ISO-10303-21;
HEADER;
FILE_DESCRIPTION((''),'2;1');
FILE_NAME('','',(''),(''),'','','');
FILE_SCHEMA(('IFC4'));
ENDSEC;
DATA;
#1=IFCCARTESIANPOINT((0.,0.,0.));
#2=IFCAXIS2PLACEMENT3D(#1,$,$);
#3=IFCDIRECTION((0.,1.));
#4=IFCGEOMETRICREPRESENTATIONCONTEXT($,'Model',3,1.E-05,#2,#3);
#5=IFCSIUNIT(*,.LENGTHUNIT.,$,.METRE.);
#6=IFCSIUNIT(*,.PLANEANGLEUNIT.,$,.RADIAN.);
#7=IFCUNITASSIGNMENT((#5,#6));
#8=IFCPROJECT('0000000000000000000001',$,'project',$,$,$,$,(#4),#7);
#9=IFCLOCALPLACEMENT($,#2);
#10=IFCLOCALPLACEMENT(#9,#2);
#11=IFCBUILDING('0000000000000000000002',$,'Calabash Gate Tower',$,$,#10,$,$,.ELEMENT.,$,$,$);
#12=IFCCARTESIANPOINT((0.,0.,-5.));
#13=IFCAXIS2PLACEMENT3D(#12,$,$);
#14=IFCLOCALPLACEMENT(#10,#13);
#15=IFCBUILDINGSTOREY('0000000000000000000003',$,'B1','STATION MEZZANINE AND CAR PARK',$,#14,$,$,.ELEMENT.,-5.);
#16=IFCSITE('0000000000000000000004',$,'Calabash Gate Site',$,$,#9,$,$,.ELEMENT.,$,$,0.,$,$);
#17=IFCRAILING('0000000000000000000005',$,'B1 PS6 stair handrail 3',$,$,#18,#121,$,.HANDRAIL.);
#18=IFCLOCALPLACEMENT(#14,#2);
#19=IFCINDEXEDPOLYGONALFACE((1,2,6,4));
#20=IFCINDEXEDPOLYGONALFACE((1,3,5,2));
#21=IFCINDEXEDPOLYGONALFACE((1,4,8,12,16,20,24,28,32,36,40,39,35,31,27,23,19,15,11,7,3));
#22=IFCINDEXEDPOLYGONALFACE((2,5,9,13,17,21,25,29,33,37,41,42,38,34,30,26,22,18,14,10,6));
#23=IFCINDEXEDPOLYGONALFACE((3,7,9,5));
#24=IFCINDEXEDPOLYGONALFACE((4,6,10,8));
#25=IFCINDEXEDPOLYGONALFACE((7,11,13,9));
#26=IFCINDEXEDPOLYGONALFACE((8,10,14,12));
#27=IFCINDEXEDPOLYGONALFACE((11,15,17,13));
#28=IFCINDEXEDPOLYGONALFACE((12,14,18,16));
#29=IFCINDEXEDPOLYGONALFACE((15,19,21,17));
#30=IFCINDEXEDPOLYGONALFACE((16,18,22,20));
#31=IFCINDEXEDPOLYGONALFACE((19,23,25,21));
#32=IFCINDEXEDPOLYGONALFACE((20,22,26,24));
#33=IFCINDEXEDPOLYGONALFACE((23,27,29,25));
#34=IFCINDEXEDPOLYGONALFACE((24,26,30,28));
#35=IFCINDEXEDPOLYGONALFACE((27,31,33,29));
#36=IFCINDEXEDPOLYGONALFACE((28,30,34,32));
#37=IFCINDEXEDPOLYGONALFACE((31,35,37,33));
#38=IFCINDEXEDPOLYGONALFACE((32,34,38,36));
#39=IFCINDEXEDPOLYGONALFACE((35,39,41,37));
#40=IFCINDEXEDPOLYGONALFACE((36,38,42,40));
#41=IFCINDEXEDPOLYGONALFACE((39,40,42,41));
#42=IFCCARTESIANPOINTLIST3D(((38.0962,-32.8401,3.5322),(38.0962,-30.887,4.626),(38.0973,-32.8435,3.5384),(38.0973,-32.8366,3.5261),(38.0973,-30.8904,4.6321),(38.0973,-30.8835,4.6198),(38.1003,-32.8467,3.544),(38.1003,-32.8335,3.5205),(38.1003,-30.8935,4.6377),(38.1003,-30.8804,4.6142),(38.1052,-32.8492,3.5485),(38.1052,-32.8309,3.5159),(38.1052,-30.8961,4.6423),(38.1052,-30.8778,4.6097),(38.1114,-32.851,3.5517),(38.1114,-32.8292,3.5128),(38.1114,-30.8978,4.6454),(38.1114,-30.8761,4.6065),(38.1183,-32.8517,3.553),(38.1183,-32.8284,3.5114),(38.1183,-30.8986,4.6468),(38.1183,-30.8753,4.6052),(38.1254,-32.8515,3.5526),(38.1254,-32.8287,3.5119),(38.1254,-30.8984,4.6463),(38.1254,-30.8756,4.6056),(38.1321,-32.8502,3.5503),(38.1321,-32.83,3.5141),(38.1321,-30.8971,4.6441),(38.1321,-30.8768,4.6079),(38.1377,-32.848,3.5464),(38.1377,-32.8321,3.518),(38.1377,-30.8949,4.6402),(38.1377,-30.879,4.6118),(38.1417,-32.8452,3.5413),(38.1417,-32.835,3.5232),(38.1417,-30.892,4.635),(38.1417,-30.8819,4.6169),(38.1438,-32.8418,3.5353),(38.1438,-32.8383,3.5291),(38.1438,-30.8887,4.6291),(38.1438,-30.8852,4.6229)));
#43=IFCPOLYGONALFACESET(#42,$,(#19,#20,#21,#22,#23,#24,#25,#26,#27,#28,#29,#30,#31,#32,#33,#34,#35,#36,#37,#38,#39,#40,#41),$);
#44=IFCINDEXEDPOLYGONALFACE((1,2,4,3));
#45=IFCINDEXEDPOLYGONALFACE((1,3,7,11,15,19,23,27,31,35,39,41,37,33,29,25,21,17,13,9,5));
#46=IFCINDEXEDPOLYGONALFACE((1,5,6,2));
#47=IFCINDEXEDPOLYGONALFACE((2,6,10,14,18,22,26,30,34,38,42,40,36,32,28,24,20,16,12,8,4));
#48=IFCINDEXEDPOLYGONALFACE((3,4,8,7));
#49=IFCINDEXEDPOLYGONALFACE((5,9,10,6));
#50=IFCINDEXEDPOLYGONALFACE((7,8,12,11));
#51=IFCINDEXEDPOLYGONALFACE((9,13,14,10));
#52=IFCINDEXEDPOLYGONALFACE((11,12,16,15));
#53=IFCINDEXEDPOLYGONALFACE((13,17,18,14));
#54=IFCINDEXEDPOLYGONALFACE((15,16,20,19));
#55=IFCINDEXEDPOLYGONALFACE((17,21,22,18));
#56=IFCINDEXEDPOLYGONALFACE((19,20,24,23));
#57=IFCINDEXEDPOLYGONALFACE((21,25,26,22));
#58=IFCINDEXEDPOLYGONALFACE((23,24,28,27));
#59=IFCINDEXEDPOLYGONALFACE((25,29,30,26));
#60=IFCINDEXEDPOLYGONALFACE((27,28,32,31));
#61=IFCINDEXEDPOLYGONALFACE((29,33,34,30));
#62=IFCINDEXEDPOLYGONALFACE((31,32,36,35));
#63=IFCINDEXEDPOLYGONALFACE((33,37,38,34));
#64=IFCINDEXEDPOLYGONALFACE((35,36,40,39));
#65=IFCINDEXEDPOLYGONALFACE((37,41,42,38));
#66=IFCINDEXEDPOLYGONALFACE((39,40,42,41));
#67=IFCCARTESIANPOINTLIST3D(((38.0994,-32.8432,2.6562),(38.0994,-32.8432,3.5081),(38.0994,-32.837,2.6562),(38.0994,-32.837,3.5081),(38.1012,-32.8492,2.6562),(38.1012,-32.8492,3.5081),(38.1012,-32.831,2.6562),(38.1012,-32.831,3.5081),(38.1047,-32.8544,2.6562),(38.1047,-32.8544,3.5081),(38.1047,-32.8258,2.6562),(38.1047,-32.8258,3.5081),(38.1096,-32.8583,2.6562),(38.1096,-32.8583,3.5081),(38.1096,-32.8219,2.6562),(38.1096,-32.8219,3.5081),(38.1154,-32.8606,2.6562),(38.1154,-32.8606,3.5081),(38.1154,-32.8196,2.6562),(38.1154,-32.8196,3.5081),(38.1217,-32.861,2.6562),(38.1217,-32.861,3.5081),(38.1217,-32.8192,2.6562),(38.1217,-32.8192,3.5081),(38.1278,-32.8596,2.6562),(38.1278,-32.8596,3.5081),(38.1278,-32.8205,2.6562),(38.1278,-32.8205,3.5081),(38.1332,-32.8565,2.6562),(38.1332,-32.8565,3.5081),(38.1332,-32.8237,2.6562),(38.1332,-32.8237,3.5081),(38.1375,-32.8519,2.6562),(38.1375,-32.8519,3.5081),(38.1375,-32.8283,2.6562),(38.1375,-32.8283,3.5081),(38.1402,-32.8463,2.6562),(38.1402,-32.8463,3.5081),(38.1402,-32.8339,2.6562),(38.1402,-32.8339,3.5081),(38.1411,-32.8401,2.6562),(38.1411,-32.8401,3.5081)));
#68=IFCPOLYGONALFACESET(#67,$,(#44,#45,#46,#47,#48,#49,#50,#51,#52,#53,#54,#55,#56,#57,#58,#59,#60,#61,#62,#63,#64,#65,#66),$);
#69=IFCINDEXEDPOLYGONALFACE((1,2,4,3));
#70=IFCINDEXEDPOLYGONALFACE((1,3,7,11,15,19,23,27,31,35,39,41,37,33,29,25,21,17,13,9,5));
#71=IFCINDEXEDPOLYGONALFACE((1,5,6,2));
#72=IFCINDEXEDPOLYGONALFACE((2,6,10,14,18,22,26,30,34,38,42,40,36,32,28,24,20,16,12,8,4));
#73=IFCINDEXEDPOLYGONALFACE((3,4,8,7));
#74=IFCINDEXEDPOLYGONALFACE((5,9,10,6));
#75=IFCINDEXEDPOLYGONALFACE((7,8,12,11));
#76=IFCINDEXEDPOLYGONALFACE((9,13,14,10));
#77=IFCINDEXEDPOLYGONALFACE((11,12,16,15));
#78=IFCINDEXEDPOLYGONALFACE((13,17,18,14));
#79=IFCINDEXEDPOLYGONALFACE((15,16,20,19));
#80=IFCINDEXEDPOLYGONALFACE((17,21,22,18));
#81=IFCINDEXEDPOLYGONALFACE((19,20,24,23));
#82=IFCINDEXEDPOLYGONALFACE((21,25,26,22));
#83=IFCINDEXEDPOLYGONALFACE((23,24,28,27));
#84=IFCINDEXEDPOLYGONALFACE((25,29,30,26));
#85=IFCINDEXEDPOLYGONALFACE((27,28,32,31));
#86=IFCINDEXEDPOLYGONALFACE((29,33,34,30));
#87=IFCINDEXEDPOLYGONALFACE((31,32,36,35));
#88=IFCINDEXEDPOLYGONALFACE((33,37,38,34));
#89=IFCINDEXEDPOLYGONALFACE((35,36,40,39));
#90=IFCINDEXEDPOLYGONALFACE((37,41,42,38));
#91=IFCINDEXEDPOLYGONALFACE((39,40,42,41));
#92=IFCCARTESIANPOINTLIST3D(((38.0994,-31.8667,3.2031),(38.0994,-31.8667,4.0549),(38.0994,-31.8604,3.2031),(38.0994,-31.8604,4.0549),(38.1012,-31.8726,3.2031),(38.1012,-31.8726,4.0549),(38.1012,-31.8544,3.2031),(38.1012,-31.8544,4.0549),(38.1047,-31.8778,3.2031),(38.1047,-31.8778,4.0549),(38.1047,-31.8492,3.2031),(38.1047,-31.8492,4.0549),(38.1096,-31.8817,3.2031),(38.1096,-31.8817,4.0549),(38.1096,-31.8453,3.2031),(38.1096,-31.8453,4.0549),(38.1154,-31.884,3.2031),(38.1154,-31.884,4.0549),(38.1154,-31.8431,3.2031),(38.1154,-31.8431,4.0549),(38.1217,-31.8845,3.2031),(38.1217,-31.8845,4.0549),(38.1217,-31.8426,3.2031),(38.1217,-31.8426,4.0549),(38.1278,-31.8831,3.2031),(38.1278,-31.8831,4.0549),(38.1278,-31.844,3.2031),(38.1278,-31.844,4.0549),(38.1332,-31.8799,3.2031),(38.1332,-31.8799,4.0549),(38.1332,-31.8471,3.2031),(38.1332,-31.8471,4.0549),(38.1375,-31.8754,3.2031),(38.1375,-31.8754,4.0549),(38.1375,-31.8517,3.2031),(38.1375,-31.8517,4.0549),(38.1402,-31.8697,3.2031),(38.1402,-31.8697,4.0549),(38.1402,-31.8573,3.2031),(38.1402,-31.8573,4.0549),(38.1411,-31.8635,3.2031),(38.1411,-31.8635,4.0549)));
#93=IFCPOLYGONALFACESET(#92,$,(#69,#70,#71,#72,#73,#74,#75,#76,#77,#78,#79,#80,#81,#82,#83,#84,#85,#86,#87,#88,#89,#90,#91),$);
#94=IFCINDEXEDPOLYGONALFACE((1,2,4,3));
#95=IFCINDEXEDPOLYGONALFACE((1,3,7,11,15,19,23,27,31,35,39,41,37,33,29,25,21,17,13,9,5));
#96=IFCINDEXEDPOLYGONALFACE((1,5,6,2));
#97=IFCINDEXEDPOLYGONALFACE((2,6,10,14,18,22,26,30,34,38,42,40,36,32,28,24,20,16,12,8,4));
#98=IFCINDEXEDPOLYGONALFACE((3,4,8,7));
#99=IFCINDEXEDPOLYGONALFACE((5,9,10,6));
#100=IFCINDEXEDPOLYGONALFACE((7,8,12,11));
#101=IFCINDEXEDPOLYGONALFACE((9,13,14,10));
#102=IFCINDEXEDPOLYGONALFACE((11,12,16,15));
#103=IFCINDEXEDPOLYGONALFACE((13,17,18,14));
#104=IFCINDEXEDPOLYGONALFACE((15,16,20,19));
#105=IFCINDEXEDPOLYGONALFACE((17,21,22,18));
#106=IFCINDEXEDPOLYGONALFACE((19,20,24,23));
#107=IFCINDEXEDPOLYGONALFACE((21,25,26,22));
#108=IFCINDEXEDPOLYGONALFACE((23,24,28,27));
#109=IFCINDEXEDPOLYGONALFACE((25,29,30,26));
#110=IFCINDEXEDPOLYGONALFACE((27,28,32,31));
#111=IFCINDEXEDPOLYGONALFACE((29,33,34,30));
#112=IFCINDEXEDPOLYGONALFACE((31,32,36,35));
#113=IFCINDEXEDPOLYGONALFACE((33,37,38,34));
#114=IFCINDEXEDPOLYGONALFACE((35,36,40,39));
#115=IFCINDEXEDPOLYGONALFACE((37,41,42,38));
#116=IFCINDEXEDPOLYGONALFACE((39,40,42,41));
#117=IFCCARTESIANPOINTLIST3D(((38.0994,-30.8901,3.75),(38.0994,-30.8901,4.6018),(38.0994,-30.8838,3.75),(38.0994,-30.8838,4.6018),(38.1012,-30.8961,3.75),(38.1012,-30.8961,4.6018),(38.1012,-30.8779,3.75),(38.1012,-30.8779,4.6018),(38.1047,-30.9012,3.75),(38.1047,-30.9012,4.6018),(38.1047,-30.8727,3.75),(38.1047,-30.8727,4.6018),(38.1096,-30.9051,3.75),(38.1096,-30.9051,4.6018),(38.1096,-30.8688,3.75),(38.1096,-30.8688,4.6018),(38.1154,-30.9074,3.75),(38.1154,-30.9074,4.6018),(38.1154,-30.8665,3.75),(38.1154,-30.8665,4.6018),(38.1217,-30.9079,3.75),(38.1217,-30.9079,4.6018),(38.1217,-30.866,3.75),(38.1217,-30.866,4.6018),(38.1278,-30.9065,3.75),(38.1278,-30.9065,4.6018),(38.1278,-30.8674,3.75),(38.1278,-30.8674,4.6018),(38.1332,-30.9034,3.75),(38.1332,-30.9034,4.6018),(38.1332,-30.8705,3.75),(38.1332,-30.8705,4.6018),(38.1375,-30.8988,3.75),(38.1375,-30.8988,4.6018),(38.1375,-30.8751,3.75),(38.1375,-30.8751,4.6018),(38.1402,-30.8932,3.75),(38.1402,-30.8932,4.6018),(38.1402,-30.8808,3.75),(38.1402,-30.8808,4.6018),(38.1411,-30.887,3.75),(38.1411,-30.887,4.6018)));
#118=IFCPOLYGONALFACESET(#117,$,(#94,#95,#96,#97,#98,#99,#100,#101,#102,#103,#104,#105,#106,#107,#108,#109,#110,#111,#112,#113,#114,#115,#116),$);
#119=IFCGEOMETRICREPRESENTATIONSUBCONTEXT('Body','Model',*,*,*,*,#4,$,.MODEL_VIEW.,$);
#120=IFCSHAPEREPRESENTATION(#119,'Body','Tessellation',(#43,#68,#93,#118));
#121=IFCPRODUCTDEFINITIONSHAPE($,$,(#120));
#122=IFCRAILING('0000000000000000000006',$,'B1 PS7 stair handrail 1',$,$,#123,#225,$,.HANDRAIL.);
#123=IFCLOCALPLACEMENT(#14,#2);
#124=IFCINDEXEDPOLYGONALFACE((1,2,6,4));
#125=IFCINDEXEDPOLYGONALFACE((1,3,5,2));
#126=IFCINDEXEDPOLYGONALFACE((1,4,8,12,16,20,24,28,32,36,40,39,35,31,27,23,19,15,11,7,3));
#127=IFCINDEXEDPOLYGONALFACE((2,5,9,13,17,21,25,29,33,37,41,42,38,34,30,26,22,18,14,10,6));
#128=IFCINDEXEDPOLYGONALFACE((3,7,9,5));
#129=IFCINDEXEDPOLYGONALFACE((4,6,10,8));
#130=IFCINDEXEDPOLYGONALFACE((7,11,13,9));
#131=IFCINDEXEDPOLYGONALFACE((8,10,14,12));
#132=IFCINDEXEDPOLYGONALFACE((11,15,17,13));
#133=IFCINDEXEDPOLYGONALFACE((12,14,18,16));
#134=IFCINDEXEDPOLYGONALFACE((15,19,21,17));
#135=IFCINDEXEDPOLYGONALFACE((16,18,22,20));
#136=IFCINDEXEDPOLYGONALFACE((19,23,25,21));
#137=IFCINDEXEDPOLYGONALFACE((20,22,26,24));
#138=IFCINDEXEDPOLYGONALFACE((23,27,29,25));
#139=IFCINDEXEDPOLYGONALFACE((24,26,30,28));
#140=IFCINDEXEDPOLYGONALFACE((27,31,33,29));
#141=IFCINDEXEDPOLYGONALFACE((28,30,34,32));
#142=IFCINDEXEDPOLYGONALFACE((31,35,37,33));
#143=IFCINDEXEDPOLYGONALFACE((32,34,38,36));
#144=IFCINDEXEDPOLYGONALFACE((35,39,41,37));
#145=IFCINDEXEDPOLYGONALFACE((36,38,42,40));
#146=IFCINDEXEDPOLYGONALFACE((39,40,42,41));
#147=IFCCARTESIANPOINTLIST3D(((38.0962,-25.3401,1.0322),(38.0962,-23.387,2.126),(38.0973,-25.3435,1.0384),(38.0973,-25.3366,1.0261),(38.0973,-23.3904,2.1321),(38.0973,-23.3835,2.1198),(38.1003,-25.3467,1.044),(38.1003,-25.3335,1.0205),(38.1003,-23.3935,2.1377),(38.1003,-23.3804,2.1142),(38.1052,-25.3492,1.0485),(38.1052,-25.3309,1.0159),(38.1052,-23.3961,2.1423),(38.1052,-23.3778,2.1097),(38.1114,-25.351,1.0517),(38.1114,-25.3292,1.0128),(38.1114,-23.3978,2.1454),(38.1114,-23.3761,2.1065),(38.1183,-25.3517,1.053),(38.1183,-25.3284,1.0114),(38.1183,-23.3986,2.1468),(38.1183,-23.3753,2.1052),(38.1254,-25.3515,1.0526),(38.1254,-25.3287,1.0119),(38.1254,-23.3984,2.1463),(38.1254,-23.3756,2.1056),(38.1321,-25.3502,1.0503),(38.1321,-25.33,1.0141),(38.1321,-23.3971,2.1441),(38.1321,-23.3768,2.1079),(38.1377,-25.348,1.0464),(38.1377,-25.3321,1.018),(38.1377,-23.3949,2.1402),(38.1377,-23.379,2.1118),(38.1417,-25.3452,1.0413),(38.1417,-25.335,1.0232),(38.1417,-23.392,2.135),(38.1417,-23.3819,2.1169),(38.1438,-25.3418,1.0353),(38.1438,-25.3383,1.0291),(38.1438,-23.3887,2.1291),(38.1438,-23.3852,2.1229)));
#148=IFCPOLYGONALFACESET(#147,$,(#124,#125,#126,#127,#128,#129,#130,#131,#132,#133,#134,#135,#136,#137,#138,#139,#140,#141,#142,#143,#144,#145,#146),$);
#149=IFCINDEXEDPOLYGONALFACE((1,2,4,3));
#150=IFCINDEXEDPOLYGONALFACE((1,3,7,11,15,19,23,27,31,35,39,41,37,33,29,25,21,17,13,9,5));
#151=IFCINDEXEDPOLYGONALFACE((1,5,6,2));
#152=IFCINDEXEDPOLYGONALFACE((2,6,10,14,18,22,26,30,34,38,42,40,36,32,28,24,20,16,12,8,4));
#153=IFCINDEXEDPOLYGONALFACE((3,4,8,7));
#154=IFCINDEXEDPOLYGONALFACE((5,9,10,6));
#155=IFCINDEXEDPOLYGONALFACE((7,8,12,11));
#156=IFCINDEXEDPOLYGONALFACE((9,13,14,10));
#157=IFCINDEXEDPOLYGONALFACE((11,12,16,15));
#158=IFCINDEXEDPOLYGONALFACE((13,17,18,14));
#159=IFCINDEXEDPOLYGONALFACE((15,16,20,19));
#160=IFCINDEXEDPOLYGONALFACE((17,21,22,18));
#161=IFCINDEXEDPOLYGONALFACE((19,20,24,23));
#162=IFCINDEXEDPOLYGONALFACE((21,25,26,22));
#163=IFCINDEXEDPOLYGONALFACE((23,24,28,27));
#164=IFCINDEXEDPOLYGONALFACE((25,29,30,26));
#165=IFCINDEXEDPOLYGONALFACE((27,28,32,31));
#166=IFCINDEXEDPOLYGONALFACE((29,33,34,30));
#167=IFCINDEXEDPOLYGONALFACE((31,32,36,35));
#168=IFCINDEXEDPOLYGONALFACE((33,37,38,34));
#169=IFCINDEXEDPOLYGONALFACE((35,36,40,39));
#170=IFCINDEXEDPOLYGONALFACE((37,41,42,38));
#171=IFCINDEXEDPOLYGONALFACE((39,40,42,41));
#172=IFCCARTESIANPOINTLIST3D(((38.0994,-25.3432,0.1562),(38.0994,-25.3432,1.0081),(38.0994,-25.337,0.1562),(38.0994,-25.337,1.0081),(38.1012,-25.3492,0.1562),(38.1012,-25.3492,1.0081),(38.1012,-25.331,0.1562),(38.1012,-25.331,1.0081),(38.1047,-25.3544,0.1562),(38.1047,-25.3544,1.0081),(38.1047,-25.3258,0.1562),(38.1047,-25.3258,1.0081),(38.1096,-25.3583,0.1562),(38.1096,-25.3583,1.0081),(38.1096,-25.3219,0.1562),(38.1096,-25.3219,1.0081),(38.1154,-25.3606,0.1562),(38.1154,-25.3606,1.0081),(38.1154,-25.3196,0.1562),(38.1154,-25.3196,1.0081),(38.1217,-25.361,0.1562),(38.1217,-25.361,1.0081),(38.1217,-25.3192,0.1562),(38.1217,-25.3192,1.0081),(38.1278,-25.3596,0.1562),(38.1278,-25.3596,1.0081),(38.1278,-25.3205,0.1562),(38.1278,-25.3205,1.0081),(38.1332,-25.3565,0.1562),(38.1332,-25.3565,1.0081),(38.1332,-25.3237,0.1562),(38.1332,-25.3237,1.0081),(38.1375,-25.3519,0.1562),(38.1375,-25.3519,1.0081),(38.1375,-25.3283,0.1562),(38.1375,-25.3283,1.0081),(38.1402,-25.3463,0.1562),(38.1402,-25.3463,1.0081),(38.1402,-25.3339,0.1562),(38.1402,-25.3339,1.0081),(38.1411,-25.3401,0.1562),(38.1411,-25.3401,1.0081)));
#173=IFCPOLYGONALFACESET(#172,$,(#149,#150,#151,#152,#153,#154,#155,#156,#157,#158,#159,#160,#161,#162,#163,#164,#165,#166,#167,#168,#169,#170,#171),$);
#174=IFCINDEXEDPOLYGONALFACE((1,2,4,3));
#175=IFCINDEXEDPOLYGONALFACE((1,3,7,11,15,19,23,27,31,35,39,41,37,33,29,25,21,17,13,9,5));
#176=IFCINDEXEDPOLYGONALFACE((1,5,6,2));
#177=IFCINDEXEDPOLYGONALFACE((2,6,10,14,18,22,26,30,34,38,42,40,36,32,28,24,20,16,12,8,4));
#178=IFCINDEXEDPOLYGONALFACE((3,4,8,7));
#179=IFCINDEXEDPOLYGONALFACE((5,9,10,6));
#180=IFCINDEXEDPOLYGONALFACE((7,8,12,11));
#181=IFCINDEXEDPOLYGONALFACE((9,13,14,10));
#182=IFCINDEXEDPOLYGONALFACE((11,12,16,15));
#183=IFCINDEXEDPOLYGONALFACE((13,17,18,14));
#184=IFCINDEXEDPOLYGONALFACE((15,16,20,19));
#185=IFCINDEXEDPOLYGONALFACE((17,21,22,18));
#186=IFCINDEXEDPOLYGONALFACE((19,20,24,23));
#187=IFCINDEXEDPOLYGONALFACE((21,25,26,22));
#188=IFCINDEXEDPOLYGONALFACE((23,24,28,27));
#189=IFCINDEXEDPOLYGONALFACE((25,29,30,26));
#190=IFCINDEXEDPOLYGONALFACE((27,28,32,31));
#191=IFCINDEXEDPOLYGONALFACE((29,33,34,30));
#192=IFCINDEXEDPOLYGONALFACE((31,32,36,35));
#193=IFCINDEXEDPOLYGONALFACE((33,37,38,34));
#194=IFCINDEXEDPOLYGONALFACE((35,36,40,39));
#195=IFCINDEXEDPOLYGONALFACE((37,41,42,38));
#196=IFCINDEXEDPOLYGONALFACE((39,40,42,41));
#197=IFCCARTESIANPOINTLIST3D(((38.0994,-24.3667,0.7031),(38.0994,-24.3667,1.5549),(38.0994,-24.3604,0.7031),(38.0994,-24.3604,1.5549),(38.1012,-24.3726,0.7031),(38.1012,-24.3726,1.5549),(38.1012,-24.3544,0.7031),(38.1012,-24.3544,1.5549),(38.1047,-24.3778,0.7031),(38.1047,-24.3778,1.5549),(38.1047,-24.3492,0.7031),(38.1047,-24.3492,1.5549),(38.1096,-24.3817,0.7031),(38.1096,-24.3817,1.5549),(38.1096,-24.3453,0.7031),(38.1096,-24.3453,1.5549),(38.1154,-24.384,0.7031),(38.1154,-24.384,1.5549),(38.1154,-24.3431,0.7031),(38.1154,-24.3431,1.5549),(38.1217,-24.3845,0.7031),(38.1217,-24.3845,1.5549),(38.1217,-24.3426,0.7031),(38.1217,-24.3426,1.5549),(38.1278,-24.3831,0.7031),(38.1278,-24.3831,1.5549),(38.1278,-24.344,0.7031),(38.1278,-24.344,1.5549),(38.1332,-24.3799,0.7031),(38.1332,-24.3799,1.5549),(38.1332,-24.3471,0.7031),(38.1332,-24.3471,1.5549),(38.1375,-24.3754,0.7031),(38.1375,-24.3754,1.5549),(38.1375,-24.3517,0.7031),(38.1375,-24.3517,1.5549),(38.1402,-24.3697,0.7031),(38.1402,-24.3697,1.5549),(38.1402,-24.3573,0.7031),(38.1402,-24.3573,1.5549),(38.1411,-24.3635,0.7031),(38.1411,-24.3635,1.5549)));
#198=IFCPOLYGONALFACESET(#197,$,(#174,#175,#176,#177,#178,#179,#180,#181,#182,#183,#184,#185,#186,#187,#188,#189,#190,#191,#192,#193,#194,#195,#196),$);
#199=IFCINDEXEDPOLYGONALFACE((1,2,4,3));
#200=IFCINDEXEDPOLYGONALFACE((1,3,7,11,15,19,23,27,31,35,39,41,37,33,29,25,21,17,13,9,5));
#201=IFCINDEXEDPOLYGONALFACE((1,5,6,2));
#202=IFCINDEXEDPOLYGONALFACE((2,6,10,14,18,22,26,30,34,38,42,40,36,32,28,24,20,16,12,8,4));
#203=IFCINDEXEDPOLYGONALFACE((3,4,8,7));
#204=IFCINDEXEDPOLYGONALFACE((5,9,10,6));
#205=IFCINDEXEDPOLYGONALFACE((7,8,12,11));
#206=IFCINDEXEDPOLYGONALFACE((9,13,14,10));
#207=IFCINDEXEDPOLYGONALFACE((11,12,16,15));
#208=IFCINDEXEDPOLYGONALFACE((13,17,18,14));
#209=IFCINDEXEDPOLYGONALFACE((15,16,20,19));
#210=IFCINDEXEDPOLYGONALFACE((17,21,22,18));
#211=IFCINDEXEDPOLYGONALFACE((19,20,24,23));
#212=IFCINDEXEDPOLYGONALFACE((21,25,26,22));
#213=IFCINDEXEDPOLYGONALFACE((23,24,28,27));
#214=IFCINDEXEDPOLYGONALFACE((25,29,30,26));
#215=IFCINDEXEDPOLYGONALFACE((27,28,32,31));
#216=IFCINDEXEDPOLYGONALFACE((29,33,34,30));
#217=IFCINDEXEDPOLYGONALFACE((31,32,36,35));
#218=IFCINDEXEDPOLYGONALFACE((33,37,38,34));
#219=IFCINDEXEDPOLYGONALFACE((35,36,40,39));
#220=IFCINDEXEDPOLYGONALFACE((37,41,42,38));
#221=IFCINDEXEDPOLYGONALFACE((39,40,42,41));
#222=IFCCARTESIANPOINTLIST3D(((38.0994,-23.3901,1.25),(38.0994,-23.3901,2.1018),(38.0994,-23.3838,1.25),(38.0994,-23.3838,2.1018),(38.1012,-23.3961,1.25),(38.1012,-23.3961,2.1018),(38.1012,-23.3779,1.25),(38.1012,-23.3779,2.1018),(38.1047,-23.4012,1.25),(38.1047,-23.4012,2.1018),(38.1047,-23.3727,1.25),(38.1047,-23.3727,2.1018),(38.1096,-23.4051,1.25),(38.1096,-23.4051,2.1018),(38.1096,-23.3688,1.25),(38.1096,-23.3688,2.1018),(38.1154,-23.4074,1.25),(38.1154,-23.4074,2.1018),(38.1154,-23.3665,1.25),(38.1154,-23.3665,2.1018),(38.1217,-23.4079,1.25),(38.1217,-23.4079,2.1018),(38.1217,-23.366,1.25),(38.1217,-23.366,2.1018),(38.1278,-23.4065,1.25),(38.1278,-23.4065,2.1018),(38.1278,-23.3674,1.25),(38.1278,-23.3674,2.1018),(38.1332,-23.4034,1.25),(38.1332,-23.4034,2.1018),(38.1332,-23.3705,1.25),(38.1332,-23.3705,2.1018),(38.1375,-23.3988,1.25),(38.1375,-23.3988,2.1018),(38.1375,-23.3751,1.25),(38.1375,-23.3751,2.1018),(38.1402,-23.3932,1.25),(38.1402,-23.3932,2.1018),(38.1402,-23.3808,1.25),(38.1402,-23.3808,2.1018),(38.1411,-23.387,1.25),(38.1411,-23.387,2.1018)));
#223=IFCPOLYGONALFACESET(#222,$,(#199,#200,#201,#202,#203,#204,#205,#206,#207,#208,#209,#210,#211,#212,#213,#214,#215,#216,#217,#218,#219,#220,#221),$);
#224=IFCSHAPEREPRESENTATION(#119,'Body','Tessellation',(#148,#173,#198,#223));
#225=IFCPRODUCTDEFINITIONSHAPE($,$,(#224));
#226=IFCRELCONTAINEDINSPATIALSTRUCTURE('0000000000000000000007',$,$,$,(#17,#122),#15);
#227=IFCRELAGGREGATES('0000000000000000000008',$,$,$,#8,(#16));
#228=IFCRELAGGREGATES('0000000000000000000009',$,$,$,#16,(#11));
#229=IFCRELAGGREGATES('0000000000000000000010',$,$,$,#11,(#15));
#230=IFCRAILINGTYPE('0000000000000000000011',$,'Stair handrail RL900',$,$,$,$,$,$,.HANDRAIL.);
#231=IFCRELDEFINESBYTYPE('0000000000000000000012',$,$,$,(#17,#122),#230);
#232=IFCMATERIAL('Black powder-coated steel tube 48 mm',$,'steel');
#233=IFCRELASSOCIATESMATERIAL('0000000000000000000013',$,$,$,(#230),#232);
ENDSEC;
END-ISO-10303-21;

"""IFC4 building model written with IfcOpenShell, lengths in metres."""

from ifc_helpers import new_model, si_unit, direction, frame, origin, origin_2d, place, context, subcontext, project, spatial, circle, extrude, material, type_object, element, save


model = new_model("IFC4")

# Units and contexts
model_context = context("Model", 3, precision=1e-05, world=origin(), true_north=direction((0.0, 1.0)))
body_context = subcontext(model_context, "Body", "Model", "MODEL_VIEW")
ifc_project = project(units=[si_unit("LENGTHUNIT", "METRE"), si_unit("PLANEANGLEUNIT", "RADIAN")], contexts=[model_context])

# Site, building, storey
site_placement = place(None, origin())
site = spatial("IfcSite", under=ifc_project, at=site_placement, Name="Calabash Gate Site", CompositionType="ELEMENT", RefElevation=0.0)
building_placement = place(site_placement, origin())
building = spatial("IfcBuilding", under=site, at=building_placement, Name="Calabash Gate Tower", CompositionType="ELEMENT")
storey_placement = place(building_placement, frame((0.0, 0.0, -5.0)))
storey = spatial("IfcBuildingStorey", under=building, at=storey_placement, Name="B1", Description="STATION MEZZANINE AND CAR PARK", CompositionType="ELEMENT", Elevation=-5.0)

# Railings
ifc_material_1 = material(Name="Black powder-coated steel tube 48 mm", Category="steel")
railing_type_1 = type_object("IfcRailingType", Name="Stair handrail RL900", PredefinedType="HANDRAIL", material=ifc_material_1)
for number, where, name in (
    (1, (38.1201, -32.8401, 2.6562), "B1 PS6 stair handrail 3"),
    (2, (38.1201, -25.3401, 0.1562), "B1 PS7 stair handrail 1"),
):
    element("IfcRailing", number, at=place(storey_placement, frame(where)), inside=storey, type_object=railing_type_1, Name=name, PredefinedType="HANDRAIL", context=body_context, shape_type="SweptSolid", body=[
        extrude(circle(Radius=0.0239, at=origin_2d()), frame((0.0, 0.0, 0.876), z_axis=(0.0, 0.872506, 0.488603), x_axis=(-1.0, 0.0, 0.0)), (0.0, 0.0, 1.0), 2.2385),
        extrude(circle(Radius=0.021, at=origin_2d()), origin(), (0.0, 0.0, 1.0), 0.8518),
        extrude(circle(Radius=0.021, at=origin_2d()), frame((0.0, 0.9766, 0.5469)), (0.0, 0.0, 1.0), 0.8518),
        extrude(circle(Radius=0.021, at=origin_2d()), frame((0.0, 1.9531, 1.0938)), (0.0, 0.0, 1.0), 0.8518),
    ])

save(model, "model.ifc")
